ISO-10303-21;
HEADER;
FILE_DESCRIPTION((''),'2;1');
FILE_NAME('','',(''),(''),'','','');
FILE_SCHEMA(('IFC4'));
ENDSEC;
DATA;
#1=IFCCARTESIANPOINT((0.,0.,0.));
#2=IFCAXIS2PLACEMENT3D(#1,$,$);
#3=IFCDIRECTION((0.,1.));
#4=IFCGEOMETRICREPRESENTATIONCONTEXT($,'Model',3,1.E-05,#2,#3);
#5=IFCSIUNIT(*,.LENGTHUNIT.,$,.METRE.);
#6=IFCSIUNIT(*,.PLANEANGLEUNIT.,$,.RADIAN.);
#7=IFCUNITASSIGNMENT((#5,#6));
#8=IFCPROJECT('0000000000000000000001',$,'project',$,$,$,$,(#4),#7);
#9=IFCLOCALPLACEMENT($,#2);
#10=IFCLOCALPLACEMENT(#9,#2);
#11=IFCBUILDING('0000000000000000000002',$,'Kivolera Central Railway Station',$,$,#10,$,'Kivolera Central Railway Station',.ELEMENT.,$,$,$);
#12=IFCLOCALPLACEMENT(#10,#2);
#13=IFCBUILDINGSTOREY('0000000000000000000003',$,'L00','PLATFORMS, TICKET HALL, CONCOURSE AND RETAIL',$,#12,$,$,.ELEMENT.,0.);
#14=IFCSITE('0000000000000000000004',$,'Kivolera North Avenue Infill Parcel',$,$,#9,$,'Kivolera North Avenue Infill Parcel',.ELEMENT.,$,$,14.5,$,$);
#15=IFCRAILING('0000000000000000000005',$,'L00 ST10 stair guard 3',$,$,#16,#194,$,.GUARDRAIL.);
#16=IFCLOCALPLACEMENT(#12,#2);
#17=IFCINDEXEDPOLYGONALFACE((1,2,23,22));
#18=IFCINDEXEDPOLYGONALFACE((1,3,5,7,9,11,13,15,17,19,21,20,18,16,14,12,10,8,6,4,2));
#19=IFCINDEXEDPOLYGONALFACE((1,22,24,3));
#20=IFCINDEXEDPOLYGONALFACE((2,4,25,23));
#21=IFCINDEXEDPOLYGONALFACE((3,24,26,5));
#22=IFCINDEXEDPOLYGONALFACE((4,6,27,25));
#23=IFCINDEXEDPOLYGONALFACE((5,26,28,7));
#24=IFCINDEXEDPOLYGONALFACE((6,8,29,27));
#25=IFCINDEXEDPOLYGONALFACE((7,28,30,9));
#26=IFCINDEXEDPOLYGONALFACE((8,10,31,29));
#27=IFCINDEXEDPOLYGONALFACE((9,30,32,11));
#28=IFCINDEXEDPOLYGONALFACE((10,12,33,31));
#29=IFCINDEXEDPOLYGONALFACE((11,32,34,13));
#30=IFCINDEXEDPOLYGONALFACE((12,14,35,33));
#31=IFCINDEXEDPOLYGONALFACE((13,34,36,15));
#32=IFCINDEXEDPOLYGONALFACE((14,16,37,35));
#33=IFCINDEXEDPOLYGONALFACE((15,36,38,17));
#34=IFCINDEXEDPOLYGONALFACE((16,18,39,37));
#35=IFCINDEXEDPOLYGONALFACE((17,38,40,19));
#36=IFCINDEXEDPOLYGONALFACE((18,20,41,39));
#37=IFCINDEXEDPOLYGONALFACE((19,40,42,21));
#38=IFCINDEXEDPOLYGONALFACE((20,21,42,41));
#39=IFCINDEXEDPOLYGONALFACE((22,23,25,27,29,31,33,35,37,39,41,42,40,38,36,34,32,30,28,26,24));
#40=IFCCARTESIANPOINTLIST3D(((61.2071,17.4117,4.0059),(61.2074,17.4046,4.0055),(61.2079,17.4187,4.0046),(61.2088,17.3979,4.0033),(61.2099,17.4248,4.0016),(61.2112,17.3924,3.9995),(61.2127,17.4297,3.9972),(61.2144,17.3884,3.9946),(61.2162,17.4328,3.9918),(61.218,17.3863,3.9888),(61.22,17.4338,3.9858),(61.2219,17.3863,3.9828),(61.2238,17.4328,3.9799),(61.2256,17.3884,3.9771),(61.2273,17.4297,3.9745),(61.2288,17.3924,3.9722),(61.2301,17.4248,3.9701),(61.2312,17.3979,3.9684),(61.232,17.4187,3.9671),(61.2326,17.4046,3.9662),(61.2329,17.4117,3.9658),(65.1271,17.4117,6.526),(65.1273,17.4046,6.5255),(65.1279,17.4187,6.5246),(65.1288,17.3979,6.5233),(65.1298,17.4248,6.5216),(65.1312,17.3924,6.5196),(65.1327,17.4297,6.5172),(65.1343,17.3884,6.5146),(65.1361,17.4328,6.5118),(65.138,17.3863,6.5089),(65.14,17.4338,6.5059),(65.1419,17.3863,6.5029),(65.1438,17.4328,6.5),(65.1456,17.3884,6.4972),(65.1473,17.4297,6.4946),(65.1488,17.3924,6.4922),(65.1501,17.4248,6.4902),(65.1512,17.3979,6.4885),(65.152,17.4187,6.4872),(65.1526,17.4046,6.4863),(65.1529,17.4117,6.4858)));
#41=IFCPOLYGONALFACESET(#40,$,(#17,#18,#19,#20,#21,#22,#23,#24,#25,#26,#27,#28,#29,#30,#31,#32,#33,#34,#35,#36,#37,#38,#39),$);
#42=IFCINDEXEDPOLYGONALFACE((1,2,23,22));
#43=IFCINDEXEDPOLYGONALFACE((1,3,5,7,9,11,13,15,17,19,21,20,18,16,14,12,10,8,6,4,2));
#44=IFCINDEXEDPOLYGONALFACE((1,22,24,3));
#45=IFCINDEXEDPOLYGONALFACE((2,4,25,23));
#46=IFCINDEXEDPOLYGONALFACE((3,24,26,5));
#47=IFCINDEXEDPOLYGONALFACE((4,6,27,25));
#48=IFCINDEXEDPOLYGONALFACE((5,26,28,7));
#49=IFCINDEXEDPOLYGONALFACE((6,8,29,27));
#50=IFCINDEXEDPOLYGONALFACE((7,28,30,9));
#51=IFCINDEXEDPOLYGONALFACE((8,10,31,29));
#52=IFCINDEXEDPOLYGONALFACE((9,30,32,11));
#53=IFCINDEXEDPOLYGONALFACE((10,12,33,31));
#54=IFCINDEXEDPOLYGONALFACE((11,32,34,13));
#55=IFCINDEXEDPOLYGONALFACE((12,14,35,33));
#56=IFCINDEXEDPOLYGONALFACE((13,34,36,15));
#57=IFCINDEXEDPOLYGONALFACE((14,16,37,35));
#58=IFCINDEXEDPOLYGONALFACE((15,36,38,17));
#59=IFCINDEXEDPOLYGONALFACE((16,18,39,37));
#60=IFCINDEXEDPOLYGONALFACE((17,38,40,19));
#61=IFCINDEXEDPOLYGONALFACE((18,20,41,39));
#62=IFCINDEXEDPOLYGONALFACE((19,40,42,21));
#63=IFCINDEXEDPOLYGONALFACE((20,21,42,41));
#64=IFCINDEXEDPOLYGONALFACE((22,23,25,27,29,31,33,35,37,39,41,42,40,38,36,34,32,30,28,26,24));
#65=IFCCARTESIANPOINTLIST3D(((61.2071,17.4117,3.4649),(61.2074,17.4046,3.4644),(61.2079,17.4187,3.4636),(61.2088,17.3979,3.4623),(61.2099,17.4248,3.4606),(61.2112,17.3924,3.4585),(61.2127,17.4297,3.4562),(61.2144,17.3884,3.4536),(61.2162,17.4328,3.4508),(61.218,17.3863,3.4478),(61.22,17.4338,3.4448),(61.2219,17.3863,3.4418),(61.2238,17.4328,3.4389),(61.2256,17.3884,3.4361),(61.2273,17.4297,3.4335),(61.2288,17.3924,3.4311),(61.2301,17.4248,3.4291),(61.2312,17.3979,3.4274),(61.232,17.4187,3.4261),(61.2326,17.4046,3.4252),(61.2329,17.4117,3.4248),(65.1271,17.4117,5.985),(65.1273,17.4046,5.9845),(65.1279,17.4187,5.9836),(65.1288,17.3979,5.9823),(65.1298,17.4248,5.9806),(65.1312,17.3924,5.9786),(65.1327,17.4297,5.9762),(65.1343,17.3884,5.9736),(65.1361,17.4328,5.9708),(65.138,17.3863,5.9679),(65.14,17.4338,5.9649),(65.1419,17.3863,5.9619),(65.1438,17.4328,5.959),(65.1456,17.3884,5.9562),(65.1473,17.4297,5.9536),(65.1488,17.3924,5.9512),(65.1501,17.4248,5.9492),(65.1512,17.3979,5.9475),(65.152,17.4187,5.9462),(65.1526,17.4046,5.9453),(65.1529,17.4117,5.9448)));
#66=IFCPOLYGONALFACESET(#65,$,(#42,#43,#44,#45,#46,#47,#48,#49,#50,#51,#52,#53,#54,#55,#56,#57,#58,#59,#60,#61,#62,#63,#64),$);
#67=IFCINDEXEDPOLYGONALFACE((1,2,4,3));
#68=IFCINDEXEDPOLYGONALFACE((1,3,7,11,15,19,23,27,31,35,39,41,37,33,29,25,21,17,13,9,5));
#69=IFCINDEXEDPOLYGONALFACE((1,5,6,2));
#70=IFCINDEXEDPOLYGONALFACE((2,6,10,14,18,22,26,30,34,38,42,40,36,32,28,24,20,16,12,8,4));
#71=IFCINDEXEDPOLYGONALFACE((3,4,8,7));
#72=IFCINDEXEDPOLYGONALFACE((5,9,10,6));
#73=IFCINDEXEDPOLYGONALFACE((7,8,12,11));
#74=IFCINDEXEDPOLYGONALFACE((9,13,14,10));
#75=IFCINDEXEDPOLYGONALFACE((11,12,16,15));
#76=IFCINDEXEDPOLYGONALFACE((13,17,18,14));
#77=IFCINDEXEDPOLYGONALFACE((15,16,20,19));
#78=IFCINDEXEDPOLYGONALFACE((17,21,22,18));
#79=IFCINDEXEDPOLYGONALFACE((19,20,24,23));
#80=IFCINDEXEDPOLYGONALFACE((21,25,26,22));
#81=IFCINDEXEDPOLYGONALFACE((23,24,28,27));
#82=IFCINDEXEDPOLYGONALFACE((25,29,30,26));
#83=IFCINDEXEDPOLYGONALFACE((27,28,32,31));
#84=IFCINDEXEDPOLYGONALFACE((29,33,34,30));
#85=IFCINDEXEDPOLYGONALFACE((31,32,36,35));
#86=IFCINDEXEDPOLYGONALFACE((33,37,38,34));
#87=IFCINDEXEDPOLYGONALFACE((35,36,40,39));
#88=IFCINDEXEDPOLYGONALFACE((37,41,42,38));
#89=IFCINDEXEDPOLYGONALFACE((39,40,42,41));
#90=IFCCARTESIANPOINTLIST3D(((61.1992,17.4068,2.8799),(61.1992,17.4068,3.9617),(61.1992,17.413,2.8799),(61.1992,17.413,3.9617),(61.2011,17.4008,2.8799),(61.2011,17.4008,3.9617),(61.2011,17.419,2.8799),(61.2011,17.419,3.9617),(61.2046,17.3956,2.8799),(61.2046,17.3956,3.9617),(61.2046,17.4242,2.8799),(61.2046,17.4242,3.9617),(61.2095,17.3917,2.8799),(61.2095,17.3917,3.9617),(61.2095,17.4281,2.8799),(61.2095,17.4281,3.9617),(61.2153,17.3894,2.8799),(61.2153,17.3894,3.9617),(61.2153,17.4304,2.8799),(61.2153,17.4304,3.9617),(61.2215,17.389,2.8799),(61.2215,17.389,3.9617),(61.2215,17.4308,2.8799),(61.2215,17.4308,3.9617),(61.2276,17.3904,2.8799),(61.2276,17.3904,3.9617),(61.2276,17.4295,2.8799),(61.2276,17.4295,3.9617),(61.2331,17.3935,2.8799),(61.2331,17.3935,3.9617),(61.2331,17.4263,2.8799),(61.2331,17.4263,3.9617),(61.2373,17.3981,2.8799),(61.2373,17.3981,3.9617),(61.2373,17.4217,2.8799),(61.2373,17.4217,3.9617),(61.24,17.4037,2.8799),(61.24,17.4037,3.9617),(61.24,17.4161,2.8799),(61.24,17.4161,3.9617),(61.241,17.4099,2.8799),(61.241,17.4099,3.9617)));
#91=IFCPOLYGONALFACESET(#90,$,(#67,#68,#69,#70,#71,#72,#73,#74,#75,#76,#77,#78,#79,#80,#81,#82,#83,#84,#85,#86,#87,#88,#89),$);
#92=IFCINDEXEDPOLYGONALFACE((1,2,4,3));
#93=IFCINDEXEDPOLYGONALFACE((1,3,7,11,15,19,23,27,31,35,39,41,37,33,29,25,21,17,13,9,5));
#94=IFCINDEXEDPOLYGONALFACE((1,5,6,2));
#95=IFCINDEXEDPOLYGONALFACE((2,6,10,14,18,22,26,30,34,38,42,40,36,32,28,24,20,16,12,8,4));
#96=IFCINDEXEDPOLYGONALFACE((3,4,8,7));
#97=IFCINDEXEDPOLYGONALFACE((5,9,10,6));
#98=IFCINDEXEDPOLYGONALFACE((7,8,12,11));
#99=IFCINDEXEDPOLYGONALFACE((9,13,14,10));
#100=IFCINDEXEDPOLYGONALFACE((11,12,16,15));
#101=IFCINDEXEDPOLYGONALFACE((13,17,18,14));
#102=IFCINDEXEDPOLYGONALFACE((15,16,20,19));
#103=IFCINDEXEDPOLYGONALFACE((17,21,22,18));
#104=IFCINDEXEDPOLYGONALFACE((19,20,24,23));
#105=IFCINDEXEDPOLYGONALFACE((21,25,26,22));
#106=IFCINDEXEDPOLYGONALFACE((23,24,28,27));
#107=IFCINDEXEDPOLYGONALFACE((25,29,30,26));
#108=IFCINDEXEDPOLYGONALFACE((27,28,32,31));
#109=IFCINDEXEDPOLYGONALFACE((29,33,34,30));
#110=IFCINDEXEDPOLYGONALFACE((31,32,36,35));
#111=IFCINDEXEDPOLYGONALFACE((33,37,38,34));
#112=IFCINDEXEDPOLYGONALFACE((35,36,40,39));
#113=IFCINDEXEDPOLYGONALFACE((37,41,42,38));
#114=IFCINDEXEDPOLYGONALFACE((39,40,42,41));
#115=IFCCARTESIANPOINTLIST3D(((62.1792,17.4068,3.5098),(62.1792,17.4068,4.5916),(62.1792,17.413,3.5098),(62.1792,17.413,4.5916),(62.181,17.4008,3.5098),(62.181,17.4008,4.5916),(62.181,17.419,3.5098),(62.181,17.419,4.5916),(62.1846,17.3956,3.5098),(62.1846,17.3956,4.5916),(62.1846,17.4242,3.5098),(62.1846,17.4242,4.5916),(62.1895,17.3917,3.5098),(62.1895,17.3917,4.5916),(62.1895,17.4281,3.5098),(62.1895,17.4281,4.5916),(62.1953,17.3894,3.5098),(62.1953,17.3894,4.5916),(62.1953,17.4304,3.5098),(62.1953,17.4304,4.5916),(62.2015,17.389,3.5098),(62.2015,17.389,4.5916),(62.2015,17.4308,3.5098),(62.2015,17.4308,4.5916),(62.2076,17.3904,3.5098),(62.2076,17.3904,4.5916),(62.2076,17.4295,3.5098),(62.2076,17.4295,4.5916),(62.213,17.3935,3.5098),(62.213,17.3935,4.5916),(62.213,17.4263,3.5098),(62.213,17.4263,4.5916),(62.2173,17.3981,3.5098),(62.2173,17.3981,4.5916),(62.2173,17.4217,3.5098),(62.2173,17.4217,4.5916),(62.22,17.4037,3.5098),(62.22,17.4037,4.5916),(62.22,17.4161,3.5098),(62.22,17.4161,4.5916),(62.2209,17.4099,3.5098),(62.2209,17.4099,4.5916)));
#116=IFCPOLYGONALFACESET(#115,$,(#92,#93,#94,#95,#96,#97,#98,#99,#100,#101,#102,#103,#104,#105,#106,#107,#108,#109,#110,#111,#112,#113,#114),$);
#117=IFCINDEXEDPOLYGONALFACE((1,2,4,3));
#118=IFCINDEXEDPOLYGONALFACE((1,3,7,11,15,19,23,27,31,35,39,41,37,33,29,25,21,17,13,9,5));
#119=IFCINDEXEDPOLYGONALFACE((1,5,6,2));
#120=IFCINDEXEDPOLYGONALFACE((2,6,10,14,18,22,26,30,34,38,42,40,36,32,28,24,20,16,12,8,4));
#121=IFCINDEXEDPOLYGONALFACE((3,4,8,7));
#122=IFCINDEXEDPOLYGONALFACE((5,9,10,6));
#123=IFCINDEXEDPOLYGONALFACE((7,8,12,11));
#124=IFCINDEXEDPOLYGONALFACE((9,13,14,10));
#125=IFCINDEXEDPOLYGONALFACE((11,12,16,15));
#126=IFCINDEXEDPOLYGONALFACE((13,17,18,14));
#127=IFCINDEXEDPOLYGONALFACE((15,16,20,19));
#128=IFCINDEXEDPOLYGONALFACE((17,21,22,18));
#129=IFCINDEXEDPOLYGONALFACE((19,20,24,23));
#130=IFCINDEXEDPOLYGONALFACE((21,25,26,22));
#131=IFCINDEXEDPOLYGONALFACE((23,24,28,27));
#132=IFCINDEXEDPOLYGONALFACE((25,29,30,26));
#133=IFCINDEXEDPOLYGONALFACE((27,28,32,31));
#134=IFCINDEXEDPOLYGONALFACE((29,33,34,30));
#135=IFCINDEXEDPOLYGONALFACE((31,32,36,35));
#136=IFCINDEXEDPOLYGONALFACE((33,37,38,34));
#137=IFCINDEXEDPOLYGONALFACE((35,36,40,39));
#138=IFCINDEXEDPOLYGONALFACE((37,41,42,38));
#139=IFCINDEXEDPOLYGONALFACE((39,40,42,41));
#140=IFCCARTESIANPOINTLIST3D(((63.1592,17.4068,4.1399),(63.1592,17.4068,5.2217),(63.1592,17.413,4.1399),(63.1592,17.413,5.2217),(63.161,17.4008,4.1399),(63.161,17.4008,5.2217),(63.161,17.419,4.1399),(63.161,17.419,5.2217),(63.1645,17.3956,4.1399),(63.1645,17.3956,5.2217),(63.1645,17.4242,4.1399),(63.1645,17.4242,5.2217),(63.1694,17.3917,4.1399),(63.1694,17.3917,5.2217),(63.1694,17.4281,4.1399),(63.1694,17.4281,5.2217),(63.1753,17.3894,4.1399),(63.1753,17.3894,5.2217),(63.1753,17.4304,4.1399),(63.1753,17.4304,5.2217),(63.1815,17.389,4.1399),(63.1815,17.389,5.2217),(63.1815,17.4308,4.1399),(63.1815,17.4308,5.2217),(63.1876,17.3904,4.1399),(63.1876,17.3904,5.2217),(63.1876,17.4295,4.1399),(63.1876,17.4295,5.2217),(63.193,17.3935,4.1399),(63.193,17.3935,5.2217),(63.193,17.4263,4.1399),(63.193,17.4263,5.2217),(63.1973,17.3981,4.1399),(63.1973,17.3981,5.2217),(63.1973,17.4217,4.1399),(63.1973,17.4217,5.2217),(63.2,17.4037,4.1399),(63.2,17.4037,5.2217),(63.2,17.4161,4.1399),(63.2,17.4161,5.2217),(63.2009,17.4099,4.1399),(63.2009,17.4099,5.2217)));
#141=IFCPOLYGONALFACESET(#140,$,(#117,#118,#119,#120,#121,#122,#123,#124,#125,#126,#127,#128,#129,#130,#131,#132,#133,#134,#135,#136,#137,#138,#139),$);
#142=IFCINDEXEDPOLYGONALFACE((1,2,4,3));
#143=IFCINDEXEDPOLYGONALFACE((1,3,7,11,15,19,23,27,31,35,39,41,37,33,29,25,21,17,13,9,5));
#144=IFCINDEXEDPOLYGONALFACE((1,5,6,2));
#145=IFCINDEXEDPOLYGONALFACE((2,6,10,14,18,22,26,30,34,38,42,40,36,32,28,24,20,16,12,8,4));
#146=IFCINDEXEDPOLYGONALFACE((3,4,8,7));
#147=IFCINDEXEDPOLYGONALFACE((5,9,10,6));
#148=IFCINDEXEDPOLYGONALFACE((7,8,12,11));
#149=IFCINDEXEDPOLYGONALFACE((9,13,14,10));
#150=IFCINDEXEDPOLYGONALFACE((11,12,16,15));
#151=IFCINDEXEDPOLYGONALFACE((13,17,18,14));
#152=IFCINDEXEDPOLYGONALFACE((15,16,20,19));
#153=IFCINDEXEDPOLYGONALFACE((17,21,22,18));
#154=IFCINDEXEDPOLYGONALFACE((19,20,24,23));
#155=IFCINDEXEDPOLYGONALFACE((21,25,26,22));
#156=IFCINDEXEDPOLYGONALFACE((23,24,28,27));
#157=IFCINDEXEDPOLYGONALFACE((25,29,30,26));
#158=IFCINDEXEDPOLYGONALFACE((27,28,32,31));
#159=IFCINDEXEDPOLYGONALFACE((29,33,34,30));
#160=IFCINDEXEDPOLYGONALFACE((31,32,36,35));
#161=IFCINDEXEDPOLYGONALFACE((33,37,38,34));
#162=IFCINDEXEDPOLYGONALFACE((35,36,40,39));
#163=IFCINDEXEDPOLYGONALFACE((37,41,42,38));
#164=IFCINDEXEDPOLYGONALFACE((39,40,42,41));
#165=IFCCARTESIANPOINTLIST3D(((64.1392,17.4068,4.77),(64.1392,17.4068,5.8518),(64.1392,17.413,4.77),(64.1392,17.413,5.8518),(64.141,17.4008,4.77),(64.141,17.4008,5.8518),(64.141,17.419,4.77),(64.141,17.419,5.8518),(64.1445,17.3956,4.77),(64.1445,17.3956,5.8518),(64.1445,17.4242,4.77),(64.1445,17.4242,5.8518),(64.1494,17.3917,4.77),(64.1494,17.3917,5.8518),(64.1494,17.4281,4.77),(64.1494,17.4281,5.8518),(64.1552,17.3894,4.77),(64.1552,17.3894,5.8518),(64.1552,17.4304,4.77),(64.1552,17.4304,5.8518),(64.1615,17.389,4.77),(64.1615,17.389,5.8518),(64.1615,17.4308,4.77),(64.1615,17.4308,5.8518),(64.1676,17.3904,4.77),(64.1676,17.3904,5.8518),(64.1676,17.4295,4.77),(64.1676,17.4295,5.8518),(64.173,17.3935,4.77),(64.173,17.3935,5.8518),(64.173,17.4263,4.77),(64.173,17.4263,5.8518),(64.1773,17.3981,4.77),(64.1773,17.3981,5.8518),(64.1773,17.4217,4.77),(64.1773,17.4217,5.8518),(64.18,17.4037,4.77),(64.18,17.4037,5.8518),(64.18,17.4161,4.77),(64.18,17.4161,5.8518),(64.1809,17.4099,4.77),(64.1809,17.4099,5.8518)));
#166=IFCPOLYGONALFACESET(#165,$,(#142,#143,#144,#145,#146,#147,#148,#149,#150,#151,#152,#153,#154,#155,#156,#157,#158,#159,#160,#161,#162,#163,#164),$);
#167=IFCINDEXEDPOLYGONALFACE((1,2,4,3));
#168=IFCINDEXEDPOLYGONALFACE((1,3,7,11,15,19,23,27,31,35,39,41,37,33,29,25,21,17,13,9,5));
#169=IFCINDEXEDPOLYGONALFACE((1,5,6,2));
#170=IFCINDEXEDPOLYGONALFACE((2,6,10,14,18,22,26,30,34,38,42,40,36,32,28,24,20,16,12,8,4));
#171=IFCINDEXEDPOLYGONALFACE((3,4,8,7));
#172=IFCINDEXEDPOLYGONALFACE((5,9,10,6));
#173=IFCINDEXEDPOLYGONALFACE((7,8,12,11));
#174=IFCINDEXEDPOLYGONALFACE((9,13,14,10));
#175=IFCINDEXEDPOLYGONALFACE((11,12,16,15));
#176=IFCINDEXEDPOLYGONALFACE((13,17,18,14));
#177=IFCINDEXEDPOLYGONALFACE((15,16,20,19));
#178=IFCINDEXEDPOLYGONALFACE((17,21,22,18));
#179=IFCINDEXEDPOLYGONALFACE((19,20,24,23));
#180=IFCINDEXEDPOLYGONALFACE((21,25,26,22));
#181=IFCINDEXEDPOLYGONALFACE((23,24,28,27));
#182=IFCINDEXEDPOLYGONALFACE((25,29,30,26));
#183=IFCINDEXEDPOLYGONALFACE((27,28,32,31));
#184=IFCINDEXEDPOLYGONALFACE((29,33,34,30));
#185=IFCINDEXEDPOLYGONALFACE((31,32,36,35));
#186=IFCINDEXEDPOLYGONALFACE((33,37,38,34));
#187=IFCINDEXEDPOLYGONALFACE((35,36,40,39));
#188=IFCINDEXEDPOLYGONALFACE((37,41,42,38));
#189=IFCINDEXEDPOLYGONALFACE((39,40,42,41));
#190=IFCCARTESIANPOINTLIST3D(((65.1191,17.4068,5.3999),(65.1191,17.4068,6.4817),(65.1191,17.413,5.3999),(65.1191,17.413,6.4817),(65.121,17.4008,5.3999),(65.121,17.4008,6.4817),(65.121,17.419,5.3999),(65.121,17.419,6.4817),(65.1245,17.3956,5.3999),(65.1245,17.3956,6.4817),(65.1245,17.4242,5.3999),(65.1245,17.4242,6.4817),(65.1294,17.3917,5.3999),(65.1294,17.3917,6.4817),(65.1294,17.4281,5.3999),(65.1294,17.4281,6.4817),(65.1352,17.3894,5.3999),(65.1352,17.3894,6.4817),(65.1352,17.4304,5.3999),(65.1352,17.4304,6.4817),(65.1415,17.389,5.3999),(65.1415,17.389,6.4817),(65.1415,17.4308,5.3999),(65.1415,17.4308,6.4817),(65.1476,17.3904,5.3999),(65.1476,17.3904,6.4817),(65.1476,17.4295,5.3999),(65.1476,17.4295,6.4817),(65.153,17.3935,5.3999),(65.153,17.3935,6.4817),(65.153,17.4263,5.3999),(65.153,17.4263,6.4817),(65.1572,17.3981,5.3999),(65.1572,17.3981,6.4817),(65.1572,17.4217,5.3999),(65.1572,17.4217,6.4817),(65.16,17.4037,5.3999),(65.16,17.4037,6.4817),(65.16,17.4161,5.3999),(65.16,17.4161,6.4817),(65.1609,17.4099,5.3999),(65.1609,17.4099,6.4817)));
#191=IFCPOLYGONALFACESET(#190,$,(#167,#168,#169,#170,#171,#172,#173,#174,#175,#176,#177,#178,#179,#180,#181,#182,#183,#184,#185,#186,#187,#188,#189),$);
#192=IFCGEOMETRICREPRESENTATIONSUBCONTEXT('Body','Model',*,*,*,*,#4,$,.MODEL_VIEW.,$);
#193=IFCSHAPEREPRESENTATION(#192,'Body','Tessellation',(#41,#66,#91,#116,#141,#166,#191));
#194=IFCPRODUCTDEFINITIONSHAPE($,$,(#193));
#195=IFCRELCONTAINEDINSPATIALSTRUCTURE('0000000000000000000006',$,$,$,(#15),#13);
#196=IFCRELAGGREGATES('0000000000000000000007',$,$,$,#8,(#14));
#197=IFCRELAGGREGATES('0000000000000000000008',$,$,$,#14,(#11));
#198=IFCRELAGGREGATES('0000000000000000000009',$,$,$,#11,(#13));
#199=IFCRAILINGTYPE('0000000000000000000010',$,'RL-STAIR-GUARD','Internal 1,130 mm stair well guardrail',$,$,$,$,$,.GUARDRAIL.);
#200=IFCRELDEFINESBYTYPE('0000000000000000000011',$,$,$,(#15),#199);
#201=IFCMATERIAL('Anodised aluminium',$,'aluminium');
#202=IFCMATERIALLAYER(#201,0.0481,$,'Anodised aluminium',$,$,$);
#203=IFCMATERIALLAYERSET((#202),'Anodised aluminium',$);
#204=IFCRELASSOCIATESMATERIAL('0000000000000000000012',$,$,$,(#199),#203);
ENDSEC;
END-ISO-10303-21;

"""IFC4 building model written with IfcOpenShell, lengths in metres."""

from ifc_helpers import new_model, si_unit, direction, frame, origin, origin_2d, place, context, subcontext, project, spatial, circle, extrude, material, layer, layer_set, type_object, element, save


model = new_model("IFC4")

# Units and contexts
model_context = context("Model", 3, precision=1e-05, world=origin(), true_north=direction((0.0, 1.0)))
body_context = subcontext(model_context, "Body", "Model", "MODEL_VIEW")
ifc_project = project(units=[si_unit("LENGTHUNIT", "METRE"), si_unit("PLANEANGLEUNIT", "RADIAN")], contexts=[model_context])

# Site, building, storey
site_placement = place(None, origin())
site = spatial("IfcSite", under=ifc_project, at=site_placement, Name="Kivolera North Avenue Infill Parcel", LongName="Kivolera North Avenue Infill Parcel", CompositionType="ELEMENT", RefElevation=14.5)
building_placement = place(site_placement, origin())
building = spatial("IfcBuilding", under=site, at=building_placement, Name="Kivolera Central Railway Station", LongName="Kivolera Central Railway Station", CompositionType="ELEMENT")
storey_placement = place(building_placement, origin())
storey = spatial("IfcBuildingStorey", under=building, at=storey_placement, Name="L00", Description="PLATFORMS, TICKET HALL, CONCOURSE AND RETAIL", CompositionType="ELEMENT", Elevation=0.0)

# Shared definitions
ifc_material_1 = material(Name="Anodised aluminium", Category="aluminium")

# Railing
ifc_layer_1 = layer(ifc_material_1, 0.0481, Name="Anodised aluminium")
ifc_layer_set_1 = layer_set([ifc_layer_1], Name="Anodised aluminium")
railing_type_1 = type_object("IfcRailingType", Name="RL-STAIR-GUARD", Description="Internal 1,130 mm stair well guardrail", PredefinedType="GUARDRAIL", material=ifc_layer_set_1)
railing_1_placement = place(storey_placement, frame((61.22, 17.4099, 2.8799)))
element("IfcRailing", 1, at=railing_1_placement, inside=storey, type_object=railing_type_1, Name="L00 ST10 stair guard 3", PredefinedType="GUARDRAIL", context=body_context, shape_type="SweptSolid", body=[
    extrude(circle(Radius=0.0239, at=origin_2d()), frame((0.0, 0.0, 1.106), z_axis=(0.841172, 0.0, 0.540768), x_axis=(0.0, 1.0, 0.0)), (0.0, 0.0, 1.0), 4.6602),
    extrude(circle(Radius=0.0239, at=origin_2d()), frame((0.0, 0.0, 0.5649), z_axis=(0.841172, 0.0, 0.540768), x_axis=(0.0, 1.0, 0.0)), (0.0, 0.0, 1.0), 4.6602),
    extrude(circle(Radius=0.021, at=origin_2d()), origin(), (0.0, 0.0, 1.0), 1.0818),
    extrude(circle(Radius=0.021, at=origin_2d()), frame((0.98, 0.0, 0.6299)), (0.0, 0.0, 1.0), 1.0818),
    extrude(circle(Radius=0.021, at=origin_2d()), frame((1.96, 0.0, 1.26)), (0.0, 0.0, 1.0), 1.0818),
    extrude(circle(Radius=0.021, at=origin_2d()), frame((2.9399, 0.0, 1.8901)), (0.0, 0.0, 1.0), 1.0818),
    extrude(circle(Radius=0.021, at=origin_2d()), frame((3.9199, 0.0, 2.52)), (0.0, 0.0, 1.0), 1.0818),
])

save(model, "model.ifc")
